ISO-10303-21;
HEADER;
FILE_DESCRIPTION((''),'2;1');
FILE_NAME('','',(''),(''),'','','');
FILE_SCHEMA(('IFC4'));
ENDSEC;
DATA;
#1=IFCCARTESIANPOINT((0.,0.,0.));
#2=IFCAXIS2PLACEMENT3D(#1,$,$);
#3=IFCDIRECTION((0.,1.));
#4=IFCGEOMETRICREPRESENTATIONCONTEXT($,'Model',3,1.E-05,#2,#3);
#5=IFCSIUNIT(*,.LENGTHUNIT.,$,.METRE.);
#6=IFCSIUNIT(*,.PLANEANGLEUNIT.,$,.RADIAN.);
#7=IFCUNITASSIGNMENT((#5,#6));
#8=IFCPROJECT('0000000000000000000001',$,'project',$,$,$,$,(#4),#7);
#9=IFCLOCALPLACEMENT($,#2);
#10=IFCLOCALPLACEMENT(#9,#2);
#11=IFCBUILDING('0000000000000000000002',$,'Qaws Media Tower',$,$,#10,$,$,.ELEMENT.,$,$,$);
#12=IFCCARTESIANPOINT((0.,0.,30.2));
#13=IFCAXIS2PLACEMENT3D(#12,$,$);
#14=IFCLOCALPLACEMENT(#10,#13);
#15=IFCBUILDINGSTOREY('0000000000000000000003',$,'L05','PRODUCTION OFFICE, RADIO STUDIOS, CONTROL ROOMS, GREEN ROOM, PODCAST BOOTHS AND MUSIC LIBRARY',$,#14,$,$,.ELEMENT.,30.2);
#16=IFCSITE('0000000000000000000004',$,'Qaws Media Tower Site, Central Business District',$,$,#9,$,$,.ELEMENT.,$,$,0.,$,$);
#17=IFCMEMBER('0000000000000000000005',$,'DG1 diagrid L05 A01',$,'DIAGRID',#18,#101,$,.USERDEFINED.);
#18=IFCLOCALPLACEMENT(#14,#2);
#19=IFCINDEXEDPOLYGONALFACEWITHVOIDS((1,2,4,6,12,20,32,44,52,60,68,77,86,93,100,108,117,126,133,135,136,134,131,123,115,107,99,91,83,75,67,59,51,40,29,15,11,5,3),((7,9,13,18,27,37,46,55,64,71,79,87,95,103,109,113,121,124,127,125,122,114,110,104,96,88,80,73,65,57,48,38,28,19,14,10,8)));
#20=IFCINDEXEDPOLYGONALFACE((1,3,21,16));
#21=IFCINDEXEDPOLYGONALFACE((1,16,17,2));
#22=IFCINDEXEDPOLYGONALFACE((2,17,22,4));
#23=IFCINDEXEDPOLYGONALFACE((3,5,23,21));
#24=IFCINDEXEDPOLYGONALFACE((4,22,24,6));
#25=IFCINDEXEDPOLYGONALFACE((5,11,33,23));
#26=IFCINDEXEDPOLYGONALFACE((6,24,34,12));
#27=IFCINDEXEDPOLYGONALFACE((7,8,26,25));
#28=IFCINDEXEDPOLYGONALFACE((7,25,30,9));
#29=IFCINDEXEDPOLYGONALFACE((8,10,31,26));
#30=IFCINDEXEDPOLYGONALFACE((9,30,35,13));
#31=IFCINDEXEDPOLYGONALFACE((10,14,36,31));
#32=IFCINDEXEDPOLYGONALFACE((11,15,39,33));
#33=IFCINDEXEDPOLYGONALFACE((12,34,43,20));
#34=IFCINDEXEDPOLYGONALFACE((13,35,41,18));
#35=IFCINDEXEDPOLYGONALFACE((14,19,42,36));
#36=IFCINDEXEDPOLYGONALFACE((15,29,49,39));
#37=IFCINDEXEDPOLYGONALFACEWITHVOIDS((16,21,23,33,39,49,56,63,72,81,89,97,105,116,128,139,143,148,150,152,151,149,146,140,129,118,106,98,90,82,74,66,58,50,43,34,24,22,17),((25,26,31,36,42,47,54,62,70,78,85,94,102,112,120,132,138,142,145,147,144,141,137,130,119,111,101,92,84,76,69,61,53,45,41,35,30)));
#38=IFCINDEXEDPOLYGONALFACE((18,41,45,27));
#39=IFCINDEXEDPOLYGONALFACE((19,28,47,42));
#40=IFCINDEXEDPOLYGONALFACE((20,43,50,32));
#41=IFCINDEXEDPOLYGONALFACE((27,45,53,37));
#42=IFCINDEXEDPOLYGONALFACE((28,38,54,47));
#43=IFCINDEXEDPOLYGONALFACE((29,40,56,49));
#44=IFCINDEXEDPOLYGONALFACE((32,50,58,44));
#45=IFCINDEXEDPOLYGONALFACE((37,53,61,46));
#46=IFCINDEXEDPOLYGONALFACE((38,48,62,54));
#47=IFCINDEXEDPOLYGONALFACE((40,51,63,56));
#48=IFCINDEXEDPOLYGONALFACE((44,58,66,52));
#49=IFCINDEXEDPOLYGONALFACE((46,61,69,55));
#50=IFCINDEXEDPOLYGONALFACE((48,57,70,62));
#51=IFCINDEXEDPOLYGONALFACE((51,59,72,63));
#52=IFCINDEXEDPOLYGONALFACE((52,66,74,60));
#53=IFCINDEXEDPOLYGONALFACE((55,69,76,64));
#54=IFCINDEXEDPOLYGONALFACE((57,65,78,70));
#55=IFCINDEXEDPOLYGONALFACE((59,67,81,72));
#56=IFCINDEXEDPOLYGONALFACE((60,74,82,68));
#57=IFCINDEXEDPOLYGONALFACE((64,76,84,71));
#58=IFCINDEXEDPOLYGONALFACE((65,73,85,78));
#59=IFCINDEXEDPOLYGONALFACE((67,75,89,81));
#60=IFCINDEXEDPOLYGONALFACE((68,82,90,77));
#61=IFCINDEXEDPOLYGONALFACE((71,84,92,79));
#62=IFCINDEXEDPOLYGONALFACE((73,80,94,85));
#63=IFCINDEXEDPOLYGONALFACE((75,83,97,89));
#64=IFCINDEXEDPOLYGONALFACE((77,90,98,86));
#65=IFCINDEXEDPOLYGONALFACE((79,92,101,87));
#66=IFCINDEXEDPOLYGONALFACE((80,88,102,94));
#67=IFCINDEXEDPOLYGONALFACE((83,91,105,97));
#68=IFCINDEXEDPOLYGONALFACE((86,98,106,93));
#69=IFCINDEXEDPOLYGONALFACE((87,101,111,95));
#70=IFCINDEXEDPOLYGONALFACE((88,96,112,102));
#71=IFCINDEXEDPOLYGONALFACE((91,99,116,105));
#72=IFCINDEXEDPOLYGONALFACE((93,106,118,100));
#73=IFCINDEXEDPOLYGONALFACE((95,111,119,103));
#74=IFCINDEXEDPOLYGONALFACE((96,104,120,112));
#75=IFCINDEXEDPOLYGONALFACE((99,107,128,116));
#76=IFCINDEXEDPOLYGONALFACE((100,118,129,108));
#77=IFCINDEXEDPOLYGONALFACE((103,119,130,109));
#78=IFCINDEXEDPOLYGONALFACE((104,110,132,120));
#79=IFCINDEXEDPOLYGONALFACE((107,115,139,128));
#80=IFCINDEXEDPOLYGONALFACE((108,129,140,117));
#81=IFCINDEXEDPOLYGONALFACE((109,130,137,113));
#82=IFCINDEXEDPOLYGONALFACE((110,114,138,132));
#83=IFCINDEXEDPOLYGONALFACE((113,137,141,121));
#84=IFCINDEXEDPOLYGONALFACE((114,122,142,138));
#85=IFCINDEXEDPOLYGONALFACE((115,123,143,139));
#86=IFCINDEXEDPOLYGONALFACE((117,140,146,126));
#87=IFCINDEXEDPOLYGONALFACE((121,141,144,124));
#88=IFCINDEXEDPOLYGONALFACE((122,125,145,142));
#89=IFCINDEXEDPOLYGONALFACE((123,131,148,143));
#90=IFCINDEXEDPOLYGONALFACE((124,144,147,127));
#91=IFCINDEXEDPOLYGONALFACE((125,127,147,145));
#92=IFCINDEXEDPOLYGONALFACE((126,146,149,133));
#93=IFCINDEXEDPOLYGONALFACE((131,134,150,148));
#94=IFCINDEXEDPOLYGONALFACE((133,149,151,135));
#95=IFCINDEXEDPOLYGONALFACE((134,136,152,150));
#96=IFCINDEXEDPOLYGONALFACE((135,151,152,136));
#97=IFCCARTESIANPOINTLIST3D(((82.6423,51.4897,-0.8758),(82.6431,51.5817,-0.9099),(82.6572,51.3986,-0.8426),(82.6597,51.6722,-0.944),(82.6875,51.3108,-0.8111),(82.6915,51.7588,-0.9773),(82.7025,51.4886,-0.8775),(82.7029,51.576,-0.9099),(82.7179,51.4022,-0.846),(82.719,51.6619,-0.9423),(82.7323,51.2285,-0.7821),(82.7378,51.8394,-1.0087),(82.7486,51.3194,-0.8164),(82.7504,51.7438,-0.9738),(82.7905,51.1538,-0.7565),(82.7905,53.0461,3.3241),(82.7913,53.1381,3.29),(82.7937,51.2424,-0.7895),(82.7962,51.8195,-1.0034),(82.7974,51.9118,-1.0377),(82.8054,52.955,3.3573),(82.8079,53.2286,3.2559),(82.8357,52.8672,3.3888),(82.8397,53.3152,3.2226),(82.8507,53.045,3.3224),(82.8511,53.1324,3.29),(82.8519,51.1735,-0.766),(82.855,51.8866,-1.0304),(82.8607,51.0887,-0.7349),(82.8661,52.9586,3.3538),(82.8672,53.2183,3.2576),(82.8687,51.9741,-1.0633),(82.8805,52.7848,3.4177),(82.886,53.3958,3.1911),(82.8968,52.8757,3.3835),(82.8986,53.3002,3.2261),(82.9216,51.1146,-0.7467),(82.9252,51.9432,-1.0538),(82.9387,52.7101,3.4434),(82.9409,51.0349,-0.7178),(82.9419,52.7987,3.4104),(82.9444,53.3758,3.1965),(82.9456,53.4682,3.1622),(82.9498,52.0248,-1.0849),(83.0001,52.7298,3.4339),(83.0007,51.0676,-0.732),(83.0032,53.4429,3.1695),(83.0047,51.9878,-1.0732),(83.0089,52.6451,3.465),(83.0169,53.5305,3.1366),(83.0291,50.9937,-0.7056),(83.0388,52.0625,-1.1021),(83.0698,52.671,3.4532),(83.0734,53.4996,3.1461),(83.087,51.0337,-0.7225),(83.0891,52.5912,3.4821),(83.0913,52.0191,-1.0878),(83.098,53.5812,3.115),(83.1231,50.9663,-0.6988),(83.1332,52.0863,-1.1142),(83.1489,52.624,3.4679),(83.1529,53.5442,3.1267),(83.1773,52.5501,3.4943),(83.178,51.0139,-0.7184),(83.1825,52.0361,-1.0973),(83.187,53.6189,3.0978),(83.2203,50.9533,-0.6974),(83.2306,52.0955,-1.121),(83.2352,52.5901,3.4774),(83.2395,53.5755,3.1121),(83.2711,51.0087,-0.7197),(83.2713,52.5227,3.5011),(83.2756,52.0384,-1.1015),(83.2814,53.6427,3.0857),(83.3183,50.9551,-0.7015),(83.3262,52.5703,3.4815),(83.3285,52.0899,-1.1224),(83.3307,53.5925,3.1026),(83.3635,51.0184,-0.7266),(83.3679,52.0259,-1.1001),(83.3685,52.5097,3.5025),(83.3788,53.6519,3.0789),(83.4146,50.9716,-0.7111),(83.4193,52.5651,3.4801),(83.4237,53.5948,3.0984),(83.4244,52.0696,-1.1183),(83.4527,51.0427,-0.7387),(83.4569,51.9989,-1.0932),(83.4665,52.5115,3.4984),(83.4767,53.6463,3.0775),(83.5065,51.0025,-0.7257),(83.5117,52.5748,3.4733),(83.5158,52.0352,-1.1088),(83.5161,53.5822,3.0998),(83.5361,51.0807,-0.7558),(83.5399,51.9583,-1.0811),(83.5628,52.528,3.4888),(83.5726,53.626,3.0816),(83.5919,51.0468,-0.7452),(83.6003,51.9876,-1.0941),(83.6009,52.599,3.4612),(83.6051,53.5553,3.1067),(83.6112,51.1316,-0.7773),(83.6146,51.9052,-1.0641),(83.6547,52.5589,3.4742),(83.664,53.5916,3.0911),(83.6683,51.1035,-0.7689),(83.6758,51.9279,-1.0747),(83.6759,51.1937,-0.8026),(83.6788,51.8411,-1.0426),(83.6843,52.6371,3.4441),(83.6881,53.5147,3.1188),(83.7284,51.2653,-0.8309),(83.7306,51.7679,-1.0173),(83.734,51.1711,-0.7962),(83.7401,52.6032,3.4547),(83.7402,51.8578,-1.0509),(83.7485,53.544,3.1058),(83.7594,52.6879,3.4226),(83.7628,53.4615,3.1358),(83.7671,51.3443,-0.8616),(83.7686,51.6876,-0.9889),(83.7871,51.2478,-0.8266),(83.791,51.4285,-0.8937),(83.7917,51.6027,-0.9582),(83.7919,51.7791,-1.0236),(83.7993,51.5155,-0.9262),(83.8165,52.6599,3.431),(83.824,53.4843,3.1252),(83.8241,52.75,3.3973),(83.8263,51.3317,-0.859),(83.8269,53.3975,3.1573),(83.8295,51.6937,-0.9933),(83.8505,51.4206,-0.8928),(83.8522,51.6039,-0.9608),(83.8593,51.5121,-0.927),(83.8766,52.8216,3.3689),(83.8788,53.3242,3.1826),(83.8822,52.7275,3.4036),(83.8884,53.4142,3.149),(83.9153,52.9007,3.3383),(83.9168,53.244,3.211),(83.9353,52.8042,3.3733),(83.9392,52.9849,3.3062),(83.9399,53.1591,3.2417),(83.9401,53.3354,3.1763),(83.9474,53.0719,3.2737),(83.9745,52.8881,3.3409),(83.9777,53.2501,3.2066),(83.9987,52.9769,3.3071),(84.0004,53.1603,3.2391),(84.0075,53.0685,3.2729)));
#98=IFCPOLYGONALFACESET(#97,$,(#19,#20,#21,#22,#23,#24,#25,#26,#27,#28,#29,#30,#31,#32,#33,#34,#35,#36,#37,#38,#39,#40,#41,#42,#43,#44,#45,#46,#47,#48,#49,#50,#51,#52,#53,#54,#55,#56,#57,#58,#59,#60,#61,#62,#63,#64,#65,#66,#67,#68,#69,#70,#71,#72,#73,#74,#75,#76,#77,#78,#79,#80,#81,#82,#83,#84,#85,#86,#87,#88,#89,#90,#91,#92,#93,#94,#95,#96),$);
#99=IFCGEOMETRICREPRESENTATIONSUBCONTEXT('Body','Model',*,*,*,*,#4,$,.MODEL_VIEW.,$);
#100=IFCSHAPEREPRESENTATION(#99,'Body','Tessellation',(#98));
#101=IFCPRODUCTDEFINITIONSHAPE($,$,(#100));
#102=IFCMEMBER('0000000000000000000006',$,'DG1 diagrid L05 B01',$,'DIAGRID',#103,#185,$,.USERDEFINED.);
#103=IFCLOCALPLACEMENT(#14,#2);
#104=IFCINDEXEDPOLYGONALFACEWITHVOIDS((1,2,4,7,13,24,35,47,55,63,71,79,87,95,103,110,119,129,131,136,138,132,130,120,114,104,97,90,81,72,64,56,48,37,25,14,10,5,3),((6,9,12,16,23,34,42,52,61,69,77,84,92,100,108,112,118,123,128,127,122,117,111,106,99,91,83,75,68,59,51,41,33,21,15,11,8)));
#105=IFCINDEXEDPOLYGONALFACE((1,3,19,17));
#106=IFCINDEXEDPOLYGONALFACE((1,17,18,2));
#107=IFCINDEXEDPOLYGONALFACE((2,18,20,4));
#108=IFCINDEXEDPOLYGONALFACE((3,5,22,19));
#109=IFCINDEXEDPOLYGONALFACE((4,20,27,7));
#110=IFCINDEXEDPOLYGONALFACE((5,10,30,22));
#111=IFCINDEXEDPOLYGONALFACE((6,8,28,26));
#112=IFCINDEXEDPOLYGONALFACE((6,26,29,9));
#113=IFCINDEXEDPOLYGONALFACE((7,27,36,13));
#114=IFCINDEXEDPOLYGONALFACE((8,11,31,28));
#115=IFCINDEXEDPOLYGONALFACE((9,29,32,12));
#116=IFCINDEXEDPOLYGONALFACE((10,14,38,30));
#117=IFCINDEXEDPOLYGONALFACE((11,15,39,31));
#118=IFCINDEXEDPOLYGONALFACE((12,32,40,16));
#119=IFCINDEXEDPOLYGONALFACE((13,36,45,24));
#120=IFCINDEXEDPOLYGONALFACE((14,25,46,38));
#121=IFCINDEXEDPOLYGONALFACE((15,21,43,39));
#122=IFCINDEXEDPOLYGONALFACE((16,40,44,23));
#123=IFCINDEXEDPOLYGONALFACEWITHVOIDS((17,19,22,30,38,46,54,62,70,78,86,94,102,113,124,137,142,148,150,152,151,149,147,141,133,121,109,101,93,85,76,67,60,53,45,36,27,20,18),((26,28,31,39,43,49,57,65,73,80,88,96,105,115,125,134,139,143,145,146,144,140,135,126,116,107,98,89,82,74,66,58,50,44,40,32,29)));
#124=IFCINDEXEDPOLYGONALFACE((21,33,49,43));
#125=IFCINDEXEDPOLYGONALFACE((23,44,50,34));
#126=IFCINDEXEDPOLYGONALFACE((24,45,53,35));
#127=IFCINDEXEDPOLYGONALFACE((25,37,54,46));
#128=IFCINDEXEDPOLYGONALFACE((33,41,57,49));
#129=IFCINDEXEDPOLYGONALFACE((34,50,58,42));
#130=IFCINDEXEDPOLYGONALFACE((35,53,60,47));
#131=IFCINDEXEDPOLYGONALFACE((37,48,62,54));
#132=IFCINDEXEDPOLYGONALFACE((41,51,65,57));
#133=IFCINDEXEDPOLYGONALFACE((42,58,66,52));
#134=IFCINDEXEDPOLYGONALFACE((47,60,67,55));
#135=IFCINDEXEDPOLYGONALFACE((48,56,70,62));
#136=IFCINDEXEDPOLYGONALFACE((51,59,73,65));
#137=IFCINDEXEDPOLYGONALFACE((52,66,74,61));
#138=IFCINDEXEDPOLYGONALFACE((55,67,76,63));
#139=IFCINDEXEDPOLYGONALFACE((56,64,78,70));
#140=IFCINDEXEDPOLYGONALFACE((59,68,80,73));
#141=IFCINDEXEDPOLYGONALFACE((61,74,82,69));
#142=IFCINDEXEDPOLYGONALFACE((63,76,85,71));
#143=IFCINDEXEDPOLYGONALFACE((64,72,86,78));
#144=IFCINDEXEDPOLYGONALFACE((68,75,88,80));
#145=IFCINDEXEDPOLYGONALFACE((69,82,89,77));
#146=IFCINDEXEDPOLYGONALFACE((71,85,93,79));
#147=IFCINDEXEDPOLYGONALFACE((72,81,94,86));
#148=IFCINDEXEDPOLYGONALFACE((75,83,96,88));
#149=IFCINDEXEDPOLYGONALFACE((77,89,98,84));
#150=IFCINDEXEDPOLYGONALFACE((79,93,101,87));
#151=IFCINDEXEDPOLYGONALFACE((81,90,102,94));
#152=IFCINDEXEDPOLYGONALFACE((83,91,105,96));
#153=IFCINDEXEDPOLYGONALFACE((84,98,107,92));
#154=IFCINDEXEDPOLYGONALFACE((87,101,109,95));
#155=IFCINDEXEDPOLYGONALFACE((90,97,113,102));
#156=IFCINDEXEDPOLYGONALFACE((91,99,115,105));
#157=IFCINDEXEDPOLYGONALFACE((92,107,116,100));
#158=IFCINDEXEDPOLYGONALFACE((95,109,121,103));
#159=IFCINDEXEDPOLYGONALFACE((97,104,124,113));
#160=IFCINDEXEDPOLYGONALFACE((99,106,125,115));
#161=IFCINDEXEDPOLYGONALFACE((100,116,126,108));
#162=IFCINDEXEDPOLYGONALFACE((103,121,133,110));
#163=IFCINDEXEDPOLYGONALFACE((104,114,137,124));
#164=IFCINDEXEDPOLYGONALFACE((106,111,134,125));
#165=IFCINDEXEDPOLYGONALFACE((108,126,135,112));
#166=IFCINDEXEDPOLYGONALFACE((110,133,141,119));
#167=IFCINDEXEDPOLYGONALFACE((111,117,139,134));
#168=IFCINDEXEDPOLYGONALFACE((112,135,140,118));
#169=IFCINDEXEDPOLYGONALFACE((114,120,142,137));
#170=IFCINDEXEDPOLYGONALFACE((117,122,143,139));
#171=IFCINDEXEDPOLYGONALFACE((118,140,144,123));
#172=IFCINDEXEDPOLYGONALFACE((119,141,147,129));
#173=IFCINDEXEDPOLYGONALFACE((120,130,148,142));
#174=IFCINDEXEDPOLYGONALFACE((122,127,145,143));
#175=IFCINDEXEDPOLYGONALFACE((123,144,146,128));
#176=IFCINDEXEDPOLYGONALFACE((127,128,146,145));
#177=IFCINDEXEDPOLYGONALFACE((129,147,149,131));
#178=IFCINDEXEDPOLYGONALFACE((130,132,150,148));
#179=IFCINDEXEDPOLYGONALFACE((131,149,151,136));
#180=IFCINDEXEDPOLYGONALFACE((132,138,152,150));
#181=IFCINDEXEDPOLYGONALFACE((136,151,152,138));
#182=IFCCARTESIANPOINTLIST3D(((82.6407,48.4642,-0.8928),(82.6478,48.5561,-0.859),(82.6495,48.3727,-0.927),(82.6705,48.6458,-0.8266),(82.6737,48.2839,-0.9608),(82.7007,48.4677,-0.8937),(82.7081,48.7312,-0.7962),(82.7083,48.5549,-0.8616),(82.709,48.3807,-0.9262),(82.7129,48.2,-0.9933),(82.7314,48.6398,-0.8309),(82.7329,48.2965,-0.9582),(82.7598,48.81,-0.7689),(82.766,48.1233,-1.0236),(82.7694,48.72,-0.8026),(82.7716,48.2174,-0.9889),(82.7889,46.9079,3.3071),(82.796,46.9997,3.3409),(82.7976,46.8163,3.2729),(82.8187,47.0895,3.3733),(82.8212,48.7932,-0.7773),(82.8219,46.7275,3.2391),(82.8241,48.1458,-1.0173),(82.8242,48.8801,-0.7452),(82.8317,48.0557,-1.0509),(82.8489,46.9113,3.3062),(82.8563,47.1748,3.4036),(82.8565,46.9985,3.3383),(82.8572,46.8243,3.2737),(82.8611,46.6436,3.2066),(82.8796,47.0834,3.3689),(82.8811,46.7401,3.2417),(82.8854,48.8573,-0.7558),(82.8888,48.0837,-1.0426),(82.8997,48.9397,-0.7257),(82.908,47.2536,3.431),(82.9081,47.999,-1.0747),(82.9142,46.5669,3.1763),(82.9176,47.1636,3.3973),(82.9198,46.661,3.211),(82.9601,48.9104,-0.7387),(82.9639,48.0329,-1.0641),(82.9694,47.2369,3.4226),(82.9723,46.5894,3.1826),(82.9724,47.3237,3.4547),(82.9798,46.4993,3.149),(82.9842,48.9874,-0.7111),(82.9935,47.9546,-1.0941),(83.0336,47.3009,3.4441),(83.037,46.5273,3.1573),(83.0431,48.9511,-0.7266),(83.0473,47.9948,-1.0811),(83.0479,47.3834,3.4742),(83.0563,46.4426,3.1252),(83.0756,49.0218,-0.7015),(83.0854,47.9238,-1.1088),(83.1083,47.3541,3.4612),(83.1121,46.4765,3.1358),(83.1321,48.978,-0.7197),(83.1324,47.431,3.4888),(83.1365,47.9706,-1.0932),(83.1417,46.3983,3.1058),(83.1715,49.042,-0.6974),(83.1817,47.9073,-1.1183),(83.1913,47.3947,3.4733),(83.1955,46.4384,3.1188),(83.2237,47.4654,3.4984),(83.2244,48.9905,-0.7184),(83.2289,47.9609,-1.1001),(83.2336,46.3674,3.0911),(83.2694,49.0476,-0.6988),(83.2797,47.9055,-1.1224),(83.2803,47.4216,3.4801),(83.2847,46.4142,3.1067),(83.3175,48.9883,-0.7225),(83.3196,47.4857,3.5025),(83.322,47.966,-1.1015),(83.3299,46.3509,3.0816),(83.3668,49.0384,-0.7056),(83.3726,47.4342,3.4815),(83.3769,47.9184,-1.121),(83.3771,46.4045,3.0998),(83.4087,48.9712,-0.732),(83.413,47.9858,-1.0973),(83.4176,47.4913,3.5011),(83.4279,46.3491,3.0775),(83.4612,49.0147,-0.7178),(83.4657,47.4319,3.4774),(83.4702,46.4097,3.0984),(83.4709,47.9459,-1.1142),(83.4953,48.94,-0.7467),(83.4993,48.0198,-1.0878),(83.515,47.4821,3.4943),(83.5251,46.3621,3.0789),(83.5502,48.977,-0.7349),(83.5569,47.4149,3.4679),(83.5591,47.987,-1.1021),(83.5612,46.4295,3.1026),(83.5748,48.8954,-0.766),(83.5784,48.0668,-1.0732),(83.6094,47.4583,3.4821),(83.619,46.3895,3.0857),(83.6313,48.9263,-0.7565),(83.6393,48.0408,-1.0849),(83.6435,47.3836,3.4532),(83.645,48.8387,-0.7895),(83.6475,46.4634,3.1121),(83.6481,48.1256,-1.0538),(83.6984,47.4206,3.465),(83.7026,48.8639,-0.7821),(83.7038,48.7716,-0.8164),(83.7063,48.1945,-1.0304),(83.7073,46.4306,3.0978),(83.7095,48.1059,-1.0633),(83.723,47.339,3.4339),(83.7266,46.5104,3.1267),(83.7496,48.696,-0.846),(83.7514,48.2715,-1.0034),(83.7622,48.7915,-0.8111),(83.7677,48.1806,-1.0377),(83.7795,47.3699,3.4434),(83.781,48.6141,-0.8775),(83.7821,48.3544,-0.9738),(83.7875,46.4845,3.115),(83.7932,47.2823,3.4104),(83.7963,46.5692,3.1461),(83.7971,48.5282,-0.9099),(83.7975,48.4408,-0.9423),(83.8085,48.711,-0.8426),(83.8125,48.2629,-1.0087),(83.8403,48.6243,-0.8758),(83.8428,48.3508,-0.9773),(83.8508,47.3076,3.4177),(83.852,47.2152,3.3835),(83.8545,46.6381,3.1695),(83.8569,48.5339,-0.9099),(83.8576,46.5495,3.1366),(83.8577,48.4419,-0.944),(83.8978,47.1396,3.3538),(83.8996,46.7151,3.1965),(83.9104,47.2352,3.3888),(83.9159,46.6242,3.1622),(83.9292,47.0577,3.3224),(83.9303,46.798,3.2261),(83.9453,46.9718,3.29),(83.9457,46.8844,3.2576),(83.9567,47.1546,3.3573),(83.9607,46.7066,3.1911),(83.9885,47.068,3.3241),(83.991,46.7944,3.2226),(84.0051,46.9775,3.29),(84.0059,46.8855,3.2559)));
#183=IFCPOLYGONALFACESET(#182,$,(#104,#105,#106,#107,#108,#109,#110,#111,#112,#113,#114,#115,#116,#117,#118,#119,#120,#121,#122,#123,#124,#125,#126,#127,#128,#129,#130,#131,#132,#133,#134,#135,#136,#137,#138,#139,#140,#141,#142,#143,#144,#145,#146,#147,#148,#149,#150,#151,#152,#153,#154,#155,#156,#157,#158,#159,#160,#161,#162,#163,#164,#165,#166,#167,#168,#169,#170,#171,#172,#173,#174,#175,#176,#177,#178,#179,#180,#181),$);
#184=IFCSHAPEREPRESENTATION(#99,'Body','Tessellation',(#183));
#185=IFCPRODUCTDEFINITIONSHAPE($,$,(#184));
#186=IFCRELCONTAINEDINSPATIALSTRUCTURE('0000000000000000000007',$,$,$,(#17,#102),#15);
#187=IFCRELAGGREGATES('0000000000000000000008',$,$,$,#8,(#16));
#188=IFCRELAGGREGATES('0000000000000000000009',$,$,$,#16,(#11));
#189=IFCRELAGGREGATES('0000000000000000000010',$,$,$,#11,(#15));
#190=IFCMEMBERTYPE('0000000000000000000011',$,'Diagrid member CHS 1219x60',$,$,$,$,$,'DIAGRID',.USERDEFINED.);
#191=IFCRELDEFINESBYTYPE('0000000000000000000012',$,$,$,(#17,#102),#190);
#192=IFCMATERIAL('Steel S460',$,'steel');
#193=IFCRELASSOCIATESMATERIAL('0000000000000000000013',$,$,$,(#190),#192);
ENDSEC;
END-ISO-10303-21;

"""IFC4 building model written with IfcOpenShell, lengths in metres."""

from ifc_helpers import new_model, si_unit, direction, frame, origin, origin_2d, place, context, subcontext, project, spatial, hollow_circle, extrude, material, material_profile, profile_set, type_object, element, save


model = new_model("IFC4")

# Units and contexts
model_context = context("Model", 3, precision=1e-05, world=origin(), true_north=direction((0.0, 1.0)))
body_context = subcontext(model_context, "Body", "Model", "MODEL_VIEW")
ifc_project = project(units=[si_unit("LENGTHUNIT", "METRE"), si_unit("PLANEANGLEUNIT", "RADIAN")], contexts=[model_context])

# Site, building, storey
site_placement = place(None, origin())
site = spatial("IfcSite", under=ifc_project, at=site_placement, Name="Qaws Media Tower Site, Central Business District", CompositionType="ELEMENT", RefElevation=0.0)
building_placement = place(site_placement, origin())
building = spatial("IfcBuilding", under=site, at=building_placement, Name="Qaws Media Tower", CompositionType="ELEMENT")
storey_placement = place(building_placement, frame((0.0, 0.0, 30.2)))
storey = spatial("IfcBuildingStorey", under=building, at=storey_placement, Name="L05", Description="PRODUCTION OFFICE, RADIO STUDIOS, CONTROL ROOMS, GREEN ROOM, PODCAST BOOTHS AND MUSIC LIBRARY", CompositionType="ELEMENT", Elevation=30.2)

# Members
ifc_material_1 = material(Name="Steel S460", Category="steel")
ifc_material_profile_1 = material_profile(ifc_material_1, hollow_circle(Radius=0.6096, WallThickness=0.0601, at=origin_2d()), Name="CHS 1219x60")
ifc_profile_set_1 = profile_set([ifc_material_profile_1], Name="Steel S460")
member_type_1 = type_object("IfcMemberType", Name="Diagrid member CHS 1219x60", ElementType="DIAGRID", PredefinedType="USERDEFINED", material=ifc_profile_set_1)
for number, where, z_axis, x_axis, name in (
    (1, (83.25, 51.5239, -0.9099), (0.033068, 0.347293, 0.937173), (-0.995498, 0.094787, 0.0), "DG1 diagrid L05 A01"),
    (2, (83.25, 48.4761, -0.9099), (0.033068, -0.347293, 0.937173), (0.995498, 0.094787, 0.0), "DG1 diagrid L05 B01"),
):
    element("IfcMember", number, at=place(storey_placement, frame(where, z_axis=z_axis, x_axis=x_axis)), inside=storey, type_object=member_type_1, Name=name, ObjectType="DIAGRID", PredefinedType="USERDEFINED", context=body_context, shape_type="SweptSolid", body=[
        extrude(hollow_circle(Radius=0.6096, WallThickness=0.0601, at=origin_2d()), origin(), (0.0, 0.0, 1.0), 4.4814),
    ])

save(model, "model.ifc")
